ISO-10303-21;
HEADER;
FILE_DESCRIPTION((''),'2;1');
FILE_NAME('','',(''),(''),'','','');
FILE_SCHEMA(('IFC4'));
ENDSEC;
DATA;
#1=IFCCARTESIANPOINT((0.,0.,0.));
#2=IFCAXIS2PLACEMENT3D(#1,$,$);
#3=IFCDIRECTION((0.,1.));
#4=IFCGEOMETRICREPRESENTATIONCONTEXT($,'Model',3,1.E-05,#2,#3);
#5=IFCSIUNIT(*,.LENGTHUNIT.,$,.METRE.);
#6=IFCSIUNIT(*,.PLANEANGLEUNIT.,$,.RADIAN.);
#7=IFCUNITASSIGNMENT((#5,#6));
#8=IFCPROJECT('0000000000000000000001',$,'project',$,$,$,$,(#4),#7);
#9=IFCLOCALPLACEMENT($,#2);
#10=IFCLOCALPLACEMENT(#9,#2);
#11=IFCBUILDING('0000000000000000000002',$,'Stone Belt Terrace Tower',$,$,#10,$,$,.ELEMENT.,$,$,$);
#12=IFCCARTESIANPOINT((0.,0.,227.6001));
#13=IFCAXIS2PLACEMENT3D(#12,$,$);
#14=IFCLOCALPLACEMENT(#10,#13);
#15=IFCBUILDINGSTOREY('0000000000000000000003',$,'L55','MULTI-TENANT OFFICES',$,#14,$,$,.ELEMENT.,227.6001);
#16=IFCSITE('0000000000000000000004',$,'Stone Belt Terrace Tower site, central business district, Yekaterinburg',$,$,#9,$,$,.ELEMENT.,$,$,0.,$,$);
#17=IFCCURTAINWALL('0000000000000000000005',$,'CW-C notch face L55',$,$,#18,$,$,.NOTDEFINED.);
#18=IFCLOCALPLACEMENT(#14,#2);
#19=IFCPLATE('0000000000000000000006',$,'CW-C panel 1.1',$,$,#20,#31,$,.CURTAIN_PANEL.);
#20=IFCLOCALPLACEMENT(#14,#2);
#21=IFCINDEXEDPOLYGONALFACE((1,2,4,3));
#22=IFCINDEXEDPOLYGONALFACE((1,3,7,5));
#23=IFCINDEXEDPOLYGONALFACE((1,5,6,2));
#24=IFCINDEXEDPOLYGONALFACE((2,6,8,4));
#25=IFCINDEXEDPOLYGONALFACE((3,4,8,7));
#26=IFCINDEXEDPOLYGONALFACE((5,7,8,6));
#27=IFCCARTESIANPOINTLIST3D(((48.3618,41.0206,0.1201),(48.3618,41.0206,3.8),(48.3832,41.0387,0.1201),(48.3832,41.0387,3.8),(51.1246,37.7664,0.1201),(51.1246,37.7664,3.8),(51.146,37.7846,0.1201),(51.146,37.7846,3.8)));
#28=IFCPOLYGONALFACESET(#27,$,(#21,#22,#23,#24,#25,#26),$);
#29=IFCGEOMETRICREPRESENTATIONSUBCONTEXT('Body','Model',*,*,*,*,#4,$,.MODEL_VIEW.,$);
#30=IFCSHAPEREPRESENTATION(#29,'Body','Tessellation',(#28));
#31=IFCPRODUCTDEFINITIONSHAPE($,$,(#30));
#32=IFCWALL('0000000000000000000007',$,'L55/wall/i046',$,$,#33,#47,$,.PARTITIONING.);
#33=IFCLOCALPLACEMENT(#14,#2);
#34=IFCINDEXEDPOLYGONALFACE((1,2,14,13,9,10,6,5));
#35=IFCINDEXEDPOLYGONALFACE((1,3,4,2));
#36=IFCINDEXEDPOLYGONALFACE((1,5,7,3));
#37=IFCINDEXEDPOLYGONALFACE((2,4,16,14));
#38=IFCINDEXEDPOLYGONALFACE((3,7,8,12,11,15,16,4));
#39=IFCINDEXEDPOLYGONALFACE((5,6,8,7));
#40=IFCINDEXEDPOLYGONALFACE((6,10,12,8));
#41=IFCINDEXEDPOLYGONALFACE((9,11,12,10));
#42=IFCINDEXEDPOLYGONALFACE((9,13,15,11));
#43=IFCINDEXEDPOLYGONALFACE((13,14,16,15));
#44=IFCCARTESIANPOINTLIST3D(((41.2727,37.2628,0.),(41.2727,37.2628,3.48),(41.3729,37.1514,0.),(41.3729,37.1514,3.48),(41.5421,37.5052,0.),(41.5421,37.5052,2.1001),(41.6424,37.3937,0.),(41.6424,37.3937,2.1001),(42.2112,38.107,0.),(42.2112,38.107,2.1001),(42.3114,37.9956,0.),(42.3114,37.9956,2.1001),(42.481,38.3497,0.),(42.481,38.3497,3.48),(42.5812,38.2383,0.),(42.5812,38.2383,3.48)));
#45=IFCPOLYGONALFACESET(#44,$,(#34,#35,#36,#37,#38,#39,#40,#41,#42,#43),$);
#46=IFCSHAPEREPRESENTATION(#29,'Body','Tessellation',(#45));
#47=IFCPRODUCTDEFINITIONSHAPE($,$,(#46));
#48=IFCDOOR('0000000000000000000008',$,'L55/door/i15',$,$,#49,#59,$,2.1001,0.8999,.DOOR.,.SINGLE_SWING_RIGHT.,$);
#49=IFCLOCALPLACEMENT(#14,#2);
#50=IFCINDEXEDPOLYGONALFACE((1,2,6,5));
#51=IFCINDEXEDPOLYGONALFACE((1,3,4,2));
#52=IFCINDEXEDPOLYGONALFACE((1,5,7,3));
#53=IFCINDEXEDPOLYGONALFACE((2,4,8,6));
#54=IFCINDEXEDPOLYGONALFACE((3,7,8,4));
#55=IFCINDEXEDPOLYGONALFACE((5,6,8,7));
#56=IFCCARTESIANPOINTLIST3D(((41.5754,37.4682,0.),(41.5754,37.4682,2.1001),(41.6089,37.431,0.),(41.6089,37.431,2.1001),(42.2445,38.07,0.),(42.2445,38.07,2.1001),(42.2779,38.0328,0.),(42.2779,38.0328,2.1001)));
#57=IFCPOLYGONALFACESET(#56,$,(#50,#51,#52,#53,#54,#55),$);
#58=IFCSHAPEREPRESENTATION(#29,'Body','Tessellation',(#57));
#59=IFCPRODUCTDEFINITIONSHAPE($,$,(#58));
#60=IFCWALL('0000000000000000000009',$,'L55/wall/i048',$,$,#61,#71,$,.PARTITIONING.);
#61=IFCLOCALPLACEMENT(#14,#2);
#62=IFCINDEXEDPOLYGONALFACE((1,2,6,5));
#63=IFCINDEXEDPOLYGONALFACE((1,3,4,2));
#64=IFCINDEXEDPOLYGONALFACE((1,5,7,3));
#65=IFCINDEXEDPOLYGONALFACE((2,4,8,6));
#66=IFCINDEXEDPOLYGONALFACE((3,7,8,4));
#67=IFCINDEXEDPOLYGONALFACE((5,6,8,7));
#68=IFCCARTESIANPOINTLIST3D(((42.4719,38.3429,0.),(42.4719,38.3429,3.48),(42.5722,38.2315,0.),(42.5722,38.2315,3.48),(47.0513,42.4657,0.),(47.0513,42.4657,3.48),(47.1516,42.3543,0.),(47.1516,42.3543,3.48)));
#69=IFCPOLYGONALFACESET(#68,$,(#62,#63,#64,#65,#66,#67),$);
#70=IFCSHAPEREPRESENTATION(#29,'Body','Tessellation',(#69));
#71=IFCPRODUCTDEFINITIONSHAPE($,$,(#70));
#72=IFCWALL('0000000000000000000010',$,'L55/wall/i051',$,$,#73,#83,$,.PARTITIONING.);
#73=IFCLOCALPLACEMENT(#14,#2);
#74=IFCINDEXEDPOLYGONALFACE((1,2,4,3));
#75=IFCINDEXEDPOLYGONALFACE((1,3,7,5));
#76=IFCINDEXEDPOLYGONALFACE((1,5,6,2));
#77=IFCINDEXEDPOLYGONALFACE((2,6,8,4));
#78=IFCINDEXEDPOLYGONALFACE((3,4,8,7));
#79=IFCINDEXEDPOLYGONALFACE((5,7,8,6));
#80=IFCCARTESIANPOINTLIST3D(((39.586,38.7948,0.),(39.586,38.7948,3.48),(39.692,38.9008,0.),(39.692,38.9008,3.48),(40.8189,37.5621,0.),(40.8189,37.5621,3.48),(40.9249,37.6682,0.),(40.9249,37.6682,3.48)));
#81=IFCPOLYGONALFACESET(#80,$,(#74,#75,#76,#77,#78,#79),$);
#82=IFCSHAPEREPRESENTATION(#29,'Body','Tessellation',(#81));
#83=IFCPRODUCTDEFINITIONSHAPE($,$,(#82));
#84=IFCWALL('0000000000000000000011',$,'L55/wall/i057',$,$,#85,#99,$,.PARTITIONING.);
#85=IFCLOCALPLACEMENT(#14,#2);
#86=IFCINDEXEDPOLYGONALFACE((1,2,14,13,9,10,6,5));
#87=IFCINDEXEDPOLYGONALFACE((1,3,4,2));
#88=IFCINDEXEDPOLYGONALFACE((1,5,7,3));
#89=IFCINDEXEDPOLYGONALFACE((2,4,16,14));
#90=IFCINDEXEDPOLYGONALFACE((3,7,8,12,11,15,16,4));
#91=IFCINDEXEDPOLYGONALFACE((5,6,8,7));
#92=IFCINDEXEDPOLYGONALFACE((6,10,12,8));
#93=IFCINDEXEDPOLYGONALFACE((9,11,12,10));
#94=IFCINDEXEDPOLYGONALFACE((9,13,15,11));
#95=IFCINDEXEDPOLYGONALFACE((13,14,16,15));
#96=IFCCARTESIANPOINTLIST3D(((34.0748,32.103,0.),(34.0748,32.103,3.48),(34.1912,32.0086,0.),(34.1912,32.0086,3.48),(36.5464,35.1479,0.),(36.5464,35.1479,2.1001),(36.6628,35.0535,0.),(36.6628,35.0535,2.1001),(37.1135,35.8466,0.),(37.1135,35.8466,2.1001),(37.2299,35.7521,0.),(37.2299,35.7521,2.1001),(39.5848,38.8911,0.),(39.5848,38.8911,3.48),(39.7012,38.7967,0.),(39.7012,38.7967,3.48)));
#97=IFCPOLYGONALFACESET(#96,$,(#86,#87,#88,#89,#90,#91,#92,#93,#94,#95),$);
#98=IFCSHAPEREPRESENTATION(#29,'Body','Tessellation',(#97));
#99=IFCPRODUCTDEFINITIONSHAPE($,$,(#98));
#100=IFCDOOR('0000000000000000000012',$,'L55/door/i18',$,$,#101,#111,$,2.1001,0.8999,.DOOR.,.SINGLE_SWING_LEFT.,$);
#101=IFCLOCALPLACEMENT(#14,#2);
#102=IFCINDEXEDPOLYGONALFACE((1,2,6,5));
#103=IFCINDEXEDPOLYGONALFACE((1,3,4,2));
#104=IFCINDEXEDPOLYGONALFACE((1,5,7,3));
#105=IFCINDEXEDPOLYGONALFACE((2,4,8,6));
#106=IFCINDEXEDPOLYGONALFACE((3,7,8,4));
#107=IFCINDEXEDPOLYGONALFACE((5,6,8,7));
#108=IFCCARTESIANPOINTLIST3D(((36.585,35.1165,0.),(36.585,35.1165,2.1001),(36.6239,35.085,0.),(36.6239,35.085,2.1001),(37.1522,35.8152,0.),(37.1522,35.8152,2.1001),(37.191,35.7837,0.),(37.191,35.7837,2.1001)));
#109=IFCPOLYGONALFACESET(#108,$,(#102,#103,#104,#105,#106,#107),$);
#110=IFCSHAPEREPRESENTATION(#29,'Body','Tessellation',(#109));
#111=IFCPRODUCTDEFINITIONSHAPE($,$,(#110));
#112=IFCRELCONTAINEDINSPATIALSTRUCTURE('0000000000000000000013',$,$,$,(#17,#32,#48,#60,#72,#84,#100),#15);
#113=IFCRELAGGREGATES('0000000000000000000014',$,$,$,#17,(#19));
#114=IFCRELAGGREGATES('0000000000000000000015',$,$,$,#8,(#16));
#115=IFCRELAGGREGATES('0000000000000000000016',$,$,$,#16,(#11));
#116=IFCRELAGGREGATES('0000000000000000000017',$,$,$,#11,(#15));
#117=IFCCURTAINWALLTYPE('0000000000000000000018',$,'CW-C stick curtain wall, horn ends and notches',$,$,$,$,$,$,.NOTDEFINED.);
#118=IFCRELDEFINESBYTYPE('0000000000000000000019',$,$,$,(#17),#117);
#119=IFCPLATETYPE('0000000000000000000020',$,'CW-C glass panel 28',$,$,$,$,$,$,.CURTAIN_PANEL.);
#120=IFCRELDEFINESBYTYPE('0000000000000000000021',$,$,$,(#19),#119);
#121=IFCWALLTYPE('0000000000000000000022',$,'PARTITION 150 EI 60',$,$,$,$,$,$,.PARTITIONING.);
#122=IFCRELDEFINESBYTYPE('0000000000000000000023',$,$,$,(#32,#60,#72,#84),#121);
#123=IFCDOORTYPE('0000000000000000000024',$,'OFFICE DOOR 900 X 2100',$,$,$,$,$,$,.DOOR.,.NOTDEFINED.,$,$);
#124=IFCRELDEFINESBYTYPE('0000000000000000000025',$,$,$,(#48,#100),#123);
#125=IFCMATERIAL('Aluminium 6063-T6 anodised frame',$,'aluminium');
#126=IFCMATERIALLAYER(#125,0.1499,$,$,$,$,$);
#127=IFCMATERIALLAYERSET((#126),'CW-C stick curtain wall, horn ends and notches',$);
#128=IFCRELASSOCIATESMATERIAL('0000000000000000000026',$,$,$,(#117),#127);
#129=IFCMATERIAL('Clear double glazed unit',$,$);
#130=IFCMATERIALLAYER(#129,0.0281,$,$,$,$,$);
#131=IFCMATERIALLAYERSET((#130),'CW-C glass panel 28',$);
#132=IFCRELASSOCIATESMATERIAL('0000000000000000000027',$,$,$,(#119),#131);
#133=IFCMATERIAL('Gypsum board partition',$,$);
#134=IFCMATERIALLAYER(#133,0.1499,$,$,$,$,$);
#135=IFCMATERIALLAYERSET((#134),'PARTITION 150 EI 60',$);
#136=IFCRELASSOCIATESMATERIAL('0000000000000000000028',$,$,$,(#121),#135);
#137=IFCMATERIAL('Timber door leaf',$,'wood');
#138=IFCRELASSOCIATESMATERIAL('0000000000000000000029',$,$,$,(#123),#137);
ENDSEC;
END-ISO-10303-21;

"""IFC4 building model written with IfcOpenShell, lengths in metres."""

from ifc_helpers import new_model, si_unit, direction, frame, frame_2d, origin, origin_2d, place, context, subcontext, project, spatial, rectangle, extrude, material, layer, layer_set, type_object, element, fill, aggregate, save


model = new_model("IFC4")

# Units and contexts
model_context = context("Model", 3, precision=1e-05, world=origin(), true_north=direction((0.0, 1.0)))
body_context = subcontext(model_context, "Body", "Model", "MODEL_VIEW")
ifc_project = project(units=[si_unit("LENGTHUNIT", "METRE"), si_unit("PLANEANGLEUNIT", "RADIAN")], contexts=[model_context])

# Site, building, storey
site_placement = place(None, origin())
site = spatial("IfcSite", under=ifc_project, at=site_placement, Name="Stone Belt Terrace Tower site, central business district, Yekaterinburg", CompositionType="ELEMENT", RefElevation=0.0)
building_placement = place(site_placement, origin())
building = spatial("IfcBuilding", under=site, at=building_placement, Name="Stone Belt Terrace Tower", CompositionType="ELEMENT")
storey_placement = place(building_placement, frame((0.0, 0.0, 227.6001)))
storey = spatial("IfcBuildingStorey", under=building, at=storey_placement, Name="L55", Description="MULTI-TENANT OFFICES", CompositionType="ELEMENT", Elevation=227.6001)

# Curtain wall
ifc_material_1 = material(Name="Aluminium 6063-T6 anodised frame", Category="aluminium")
ifc_layer_1 = layer(ifc_material_1, 0.1499)
ifc_layer_set_1 = layer_set([ifc_layer_1], Name="CW-C stick curtain wall, horn ends and notches")
curtain_wall_type = type_object("IfcCurtainWallType", Name="CW-C stick curtain wall, horn ends and notches", PredefinedType="NOTDEFINED", material=ifc_layer_set_1)
curtain_wall_1_placement = place(storey_placement, origin())
curtain_wall_1 = element("IfcCurtainWall", 1, at=curtain_wall_1_placement, inside=storey, type_object=curtain_wall_type, Name="CW-C notch face L55", PredefinedType="NOTDEFINED")

# Plate
ifc_material_2 = material(Name="Clear double glazed unit")
ifc_layer_2 = layer(ifc_material_2, 0.0281)
ifc_layer_set_2 = layer_set([ifc_layer_2], Name="CW-C glass panel 28")
plate_type = type_object("IfcPlateType", Name="CW-C glass panel 28", PredefinedType="CURTAIN_PANEL", material=ifc_layer_set_2)
plate_1_placement = place(storey_placement, frame((49.7539, 39.4026, 0.1201), z_axis=(0.0, 0.0, 1.0), x_axis=(-0.647211, 0.762311, 0.0)))
plate_1 = element("IfcPlate", 2, at=plate_1_placement, type_object=plate_type, Name="CW-C panel 1.1", PredefinedType="CURTAIN_PANEL", context=body_context, shape_type="SweptSolid", body=[
    extrude(rectangle(XDim=4.2688, YDim=0.0281, at=origin_2d()), origin(), (0.0, 0.0, 1.0), 3.6799),
])
aggregate(curtain_wall_1, [plate_1])

# Wall, opening, door
ifc_material_3 = material(Name="Gypsum board partition")
ifc_layer_3 = layer(ifc_material_3, 0.1499)
ifc_layer_set_3 = layer_set([ifc_layer_3], Name="PARTITION 150 EI 60")
wall_type = type_object("IfcWallType", Name="PARTITION 150 EI 60", PredefinedType="PARTITIONING", material=ifc_layer_set_3)
wall_1_placement = place(storey_placement, frame((42.531, 38.2939, 0.0), z_axis=(0.0, 0.0, 1.0), x_axis=(-0.743451, -0.66879, 0.0)))
wall_1 = element("IfcWall", 3, at=wall_1_placement, inside=storey, type_object=wall_type, Name="L55/wall/i046", PredefinedType="PARTITIONING", context=body_context, shape_type="SweptSolid", body=[
    extrude(rectangle(XDim=1.6252, YDim=0.1499, at=frame_2d((0.8125, 0.0))), origin(), (0.0, 0.0, 1.0), 3.48),
])
opening_1_placement = place(wall_1_placement, frame((0.3628, 0.0, 0.0)))
opening_1 = element("IfcOpeningElement", 4, at=opening_1_placement, cuts=wall_1, PredefinedType="OPENING", context=body_context, shape_type="SweptSolid", body=[
    extrude(rectangle(XDim=0.8999, YDim=2.1001, at=frame_2d((0.45, 1.05))), frame((0.0, 0.085, 0.0), z_axis=(0.0, -1.0, 0.0), x_axis=(1.0, 0.0, 0.0)), (0.0, 0.0, 1.0), 0.1699),
])
ifc_material_4 = material(Name="Timber door leaf", Category="wood")
door_type = type_object("IfcDoorType", Name="OFFICE DOOR 900 X 2100", OperationType="NOTDEFINED", PredefinedType="DOOR", material=ifc_material_4)
door_1_placement = place(opening_1_placement, origin())
door_1 = element("IfcDoor", 5, at=door_1_placement, inside=storey, type_object=door_type, Name="L55/door/i15", OperationType="SINGLE_SWING_RIGHT", OverallHeight=2.1001, OverallWidth=0.8999, PredefinedType="DOOR", context=body_context, shape_type="SweptSolid", body=[
    extrude(rectangle(XDim=0.8999, YDim=2.1001, at=frame_2d((0.45, 1.05))), frame((0.0, 0.0249, 0.0), z_axis=(0.0, -1.0, 0.0), x_axis=(1.0, 0.0, 0.0)), (0.0, 0.0, 1.0), 0.05),
])
fill(opening_1, door_1)

# Walls
wall_2_placement = place(storey_placement, frame((42.522, 38.2871, 0.0), z_axis=(0.0, 0.0, 1.0), x_axis=(0.743182, 0.669089, 0.0)))
element("IfcWall", 6, at=wall_2_placement, inside=storey, type_object=wall_type, Name="L55/wall/i048", PredefinedType="PARTITIONING", context=body_context, shape_type="SweptSolid", body=[
    extrude(rectangle(XDim=6.1619, YDim=0.1499, at=frame_2d((3.0811, 0.0))), origin(), (0.0, 0.0, 1.0), 3.48),
])
wall_3_placement = place(storey_placement, frame((40.8718, 37.6152, 0.0), z_axis=(0.0, 0.0, 1.0), x_axis=(-0.707177, 0.707037, 0.0)))
element("IfcWall", 7, at=wall_3_placement, inside=storey, type_object=wall_type, Name="L55/wall/i051", PredefinedType="PARTITIONING", context=body_context, shape_type="SweptSolid", body=[
    extrude(rectangle(XDim=1.7434, YDim=0.1499, at=frame_2d((0.8716, 0.0))), origin(), (0.0, 0.0, 1.0), 3.48),
])

# Wall, opening, door
wall_4_placement = place(storey_placement, frame((39.6431, 38.844, 0.0), z_axis=(0.0, 0.0, 1.0), x_axis=(-0.630227, -0.776411, 0.0)))
wall_4 = element("IfcWall", 8, at=wall_4_placement, inside=storey, type_object=wall_type, Name="L55/wall/i057", PredefinedType="PARTITIONING", context=body_context, shape_type="SweptSolid", body=[
    extrude(rectangle(XDim=8.7429, YDim=0.1499, at=frame_2d((4.3716, 0.0))), origin(), (0.0, 0.0, 1.0), 3.48),
])
opening_2_placement = place(wall_4_placement, frame((3.9214, 0.0, 0.0)))
opening_2 = element("IfcOpeningElement", 9, at=opening_2_placement, cuts=wall_4, PredefinedType="OPENING", context=body_context, shape_type="SweptSolid", body=[
    extrude(rectangle(XDim=0.8999, YDim=2.1001, at=frame_2d((0.45, 1.05))), frame((0.0, 0.085, 0.0), z_axis=(0.0, -1.0, 0.0), x_axis=(1.0, 0.0, 0.0)), (0.0, 0.0, 1.0), 0.1699),
])
door_2_placement = place(opening_2_placement, origin())
door_2 = element("IfcDoor", 10, at=door_2_placement, inside=storey, type_object=door_type, Name="L55/door/i18", OperationType="SINGLE_SWING_LEFT", OverallHeight=2.1001, OverallWidth=0.8999, PredefinedType="DOOR", context=body_context, shape_type="SweptSolid", body=[
    extrude(rectangle(XDim=0.8999, YDim=2.1001, at=frame_2d((0.45, 1.05))), frame((0.0, 0.0249, 0.0), z_axis=(0.0, -1.0, 0.0), x_axis=(1.0, 0.0, 0.0)), (0.0, 0.0, 1.0), 0.05),
])
fill(opening_2, door_2)

save(model, "model.ifc")
